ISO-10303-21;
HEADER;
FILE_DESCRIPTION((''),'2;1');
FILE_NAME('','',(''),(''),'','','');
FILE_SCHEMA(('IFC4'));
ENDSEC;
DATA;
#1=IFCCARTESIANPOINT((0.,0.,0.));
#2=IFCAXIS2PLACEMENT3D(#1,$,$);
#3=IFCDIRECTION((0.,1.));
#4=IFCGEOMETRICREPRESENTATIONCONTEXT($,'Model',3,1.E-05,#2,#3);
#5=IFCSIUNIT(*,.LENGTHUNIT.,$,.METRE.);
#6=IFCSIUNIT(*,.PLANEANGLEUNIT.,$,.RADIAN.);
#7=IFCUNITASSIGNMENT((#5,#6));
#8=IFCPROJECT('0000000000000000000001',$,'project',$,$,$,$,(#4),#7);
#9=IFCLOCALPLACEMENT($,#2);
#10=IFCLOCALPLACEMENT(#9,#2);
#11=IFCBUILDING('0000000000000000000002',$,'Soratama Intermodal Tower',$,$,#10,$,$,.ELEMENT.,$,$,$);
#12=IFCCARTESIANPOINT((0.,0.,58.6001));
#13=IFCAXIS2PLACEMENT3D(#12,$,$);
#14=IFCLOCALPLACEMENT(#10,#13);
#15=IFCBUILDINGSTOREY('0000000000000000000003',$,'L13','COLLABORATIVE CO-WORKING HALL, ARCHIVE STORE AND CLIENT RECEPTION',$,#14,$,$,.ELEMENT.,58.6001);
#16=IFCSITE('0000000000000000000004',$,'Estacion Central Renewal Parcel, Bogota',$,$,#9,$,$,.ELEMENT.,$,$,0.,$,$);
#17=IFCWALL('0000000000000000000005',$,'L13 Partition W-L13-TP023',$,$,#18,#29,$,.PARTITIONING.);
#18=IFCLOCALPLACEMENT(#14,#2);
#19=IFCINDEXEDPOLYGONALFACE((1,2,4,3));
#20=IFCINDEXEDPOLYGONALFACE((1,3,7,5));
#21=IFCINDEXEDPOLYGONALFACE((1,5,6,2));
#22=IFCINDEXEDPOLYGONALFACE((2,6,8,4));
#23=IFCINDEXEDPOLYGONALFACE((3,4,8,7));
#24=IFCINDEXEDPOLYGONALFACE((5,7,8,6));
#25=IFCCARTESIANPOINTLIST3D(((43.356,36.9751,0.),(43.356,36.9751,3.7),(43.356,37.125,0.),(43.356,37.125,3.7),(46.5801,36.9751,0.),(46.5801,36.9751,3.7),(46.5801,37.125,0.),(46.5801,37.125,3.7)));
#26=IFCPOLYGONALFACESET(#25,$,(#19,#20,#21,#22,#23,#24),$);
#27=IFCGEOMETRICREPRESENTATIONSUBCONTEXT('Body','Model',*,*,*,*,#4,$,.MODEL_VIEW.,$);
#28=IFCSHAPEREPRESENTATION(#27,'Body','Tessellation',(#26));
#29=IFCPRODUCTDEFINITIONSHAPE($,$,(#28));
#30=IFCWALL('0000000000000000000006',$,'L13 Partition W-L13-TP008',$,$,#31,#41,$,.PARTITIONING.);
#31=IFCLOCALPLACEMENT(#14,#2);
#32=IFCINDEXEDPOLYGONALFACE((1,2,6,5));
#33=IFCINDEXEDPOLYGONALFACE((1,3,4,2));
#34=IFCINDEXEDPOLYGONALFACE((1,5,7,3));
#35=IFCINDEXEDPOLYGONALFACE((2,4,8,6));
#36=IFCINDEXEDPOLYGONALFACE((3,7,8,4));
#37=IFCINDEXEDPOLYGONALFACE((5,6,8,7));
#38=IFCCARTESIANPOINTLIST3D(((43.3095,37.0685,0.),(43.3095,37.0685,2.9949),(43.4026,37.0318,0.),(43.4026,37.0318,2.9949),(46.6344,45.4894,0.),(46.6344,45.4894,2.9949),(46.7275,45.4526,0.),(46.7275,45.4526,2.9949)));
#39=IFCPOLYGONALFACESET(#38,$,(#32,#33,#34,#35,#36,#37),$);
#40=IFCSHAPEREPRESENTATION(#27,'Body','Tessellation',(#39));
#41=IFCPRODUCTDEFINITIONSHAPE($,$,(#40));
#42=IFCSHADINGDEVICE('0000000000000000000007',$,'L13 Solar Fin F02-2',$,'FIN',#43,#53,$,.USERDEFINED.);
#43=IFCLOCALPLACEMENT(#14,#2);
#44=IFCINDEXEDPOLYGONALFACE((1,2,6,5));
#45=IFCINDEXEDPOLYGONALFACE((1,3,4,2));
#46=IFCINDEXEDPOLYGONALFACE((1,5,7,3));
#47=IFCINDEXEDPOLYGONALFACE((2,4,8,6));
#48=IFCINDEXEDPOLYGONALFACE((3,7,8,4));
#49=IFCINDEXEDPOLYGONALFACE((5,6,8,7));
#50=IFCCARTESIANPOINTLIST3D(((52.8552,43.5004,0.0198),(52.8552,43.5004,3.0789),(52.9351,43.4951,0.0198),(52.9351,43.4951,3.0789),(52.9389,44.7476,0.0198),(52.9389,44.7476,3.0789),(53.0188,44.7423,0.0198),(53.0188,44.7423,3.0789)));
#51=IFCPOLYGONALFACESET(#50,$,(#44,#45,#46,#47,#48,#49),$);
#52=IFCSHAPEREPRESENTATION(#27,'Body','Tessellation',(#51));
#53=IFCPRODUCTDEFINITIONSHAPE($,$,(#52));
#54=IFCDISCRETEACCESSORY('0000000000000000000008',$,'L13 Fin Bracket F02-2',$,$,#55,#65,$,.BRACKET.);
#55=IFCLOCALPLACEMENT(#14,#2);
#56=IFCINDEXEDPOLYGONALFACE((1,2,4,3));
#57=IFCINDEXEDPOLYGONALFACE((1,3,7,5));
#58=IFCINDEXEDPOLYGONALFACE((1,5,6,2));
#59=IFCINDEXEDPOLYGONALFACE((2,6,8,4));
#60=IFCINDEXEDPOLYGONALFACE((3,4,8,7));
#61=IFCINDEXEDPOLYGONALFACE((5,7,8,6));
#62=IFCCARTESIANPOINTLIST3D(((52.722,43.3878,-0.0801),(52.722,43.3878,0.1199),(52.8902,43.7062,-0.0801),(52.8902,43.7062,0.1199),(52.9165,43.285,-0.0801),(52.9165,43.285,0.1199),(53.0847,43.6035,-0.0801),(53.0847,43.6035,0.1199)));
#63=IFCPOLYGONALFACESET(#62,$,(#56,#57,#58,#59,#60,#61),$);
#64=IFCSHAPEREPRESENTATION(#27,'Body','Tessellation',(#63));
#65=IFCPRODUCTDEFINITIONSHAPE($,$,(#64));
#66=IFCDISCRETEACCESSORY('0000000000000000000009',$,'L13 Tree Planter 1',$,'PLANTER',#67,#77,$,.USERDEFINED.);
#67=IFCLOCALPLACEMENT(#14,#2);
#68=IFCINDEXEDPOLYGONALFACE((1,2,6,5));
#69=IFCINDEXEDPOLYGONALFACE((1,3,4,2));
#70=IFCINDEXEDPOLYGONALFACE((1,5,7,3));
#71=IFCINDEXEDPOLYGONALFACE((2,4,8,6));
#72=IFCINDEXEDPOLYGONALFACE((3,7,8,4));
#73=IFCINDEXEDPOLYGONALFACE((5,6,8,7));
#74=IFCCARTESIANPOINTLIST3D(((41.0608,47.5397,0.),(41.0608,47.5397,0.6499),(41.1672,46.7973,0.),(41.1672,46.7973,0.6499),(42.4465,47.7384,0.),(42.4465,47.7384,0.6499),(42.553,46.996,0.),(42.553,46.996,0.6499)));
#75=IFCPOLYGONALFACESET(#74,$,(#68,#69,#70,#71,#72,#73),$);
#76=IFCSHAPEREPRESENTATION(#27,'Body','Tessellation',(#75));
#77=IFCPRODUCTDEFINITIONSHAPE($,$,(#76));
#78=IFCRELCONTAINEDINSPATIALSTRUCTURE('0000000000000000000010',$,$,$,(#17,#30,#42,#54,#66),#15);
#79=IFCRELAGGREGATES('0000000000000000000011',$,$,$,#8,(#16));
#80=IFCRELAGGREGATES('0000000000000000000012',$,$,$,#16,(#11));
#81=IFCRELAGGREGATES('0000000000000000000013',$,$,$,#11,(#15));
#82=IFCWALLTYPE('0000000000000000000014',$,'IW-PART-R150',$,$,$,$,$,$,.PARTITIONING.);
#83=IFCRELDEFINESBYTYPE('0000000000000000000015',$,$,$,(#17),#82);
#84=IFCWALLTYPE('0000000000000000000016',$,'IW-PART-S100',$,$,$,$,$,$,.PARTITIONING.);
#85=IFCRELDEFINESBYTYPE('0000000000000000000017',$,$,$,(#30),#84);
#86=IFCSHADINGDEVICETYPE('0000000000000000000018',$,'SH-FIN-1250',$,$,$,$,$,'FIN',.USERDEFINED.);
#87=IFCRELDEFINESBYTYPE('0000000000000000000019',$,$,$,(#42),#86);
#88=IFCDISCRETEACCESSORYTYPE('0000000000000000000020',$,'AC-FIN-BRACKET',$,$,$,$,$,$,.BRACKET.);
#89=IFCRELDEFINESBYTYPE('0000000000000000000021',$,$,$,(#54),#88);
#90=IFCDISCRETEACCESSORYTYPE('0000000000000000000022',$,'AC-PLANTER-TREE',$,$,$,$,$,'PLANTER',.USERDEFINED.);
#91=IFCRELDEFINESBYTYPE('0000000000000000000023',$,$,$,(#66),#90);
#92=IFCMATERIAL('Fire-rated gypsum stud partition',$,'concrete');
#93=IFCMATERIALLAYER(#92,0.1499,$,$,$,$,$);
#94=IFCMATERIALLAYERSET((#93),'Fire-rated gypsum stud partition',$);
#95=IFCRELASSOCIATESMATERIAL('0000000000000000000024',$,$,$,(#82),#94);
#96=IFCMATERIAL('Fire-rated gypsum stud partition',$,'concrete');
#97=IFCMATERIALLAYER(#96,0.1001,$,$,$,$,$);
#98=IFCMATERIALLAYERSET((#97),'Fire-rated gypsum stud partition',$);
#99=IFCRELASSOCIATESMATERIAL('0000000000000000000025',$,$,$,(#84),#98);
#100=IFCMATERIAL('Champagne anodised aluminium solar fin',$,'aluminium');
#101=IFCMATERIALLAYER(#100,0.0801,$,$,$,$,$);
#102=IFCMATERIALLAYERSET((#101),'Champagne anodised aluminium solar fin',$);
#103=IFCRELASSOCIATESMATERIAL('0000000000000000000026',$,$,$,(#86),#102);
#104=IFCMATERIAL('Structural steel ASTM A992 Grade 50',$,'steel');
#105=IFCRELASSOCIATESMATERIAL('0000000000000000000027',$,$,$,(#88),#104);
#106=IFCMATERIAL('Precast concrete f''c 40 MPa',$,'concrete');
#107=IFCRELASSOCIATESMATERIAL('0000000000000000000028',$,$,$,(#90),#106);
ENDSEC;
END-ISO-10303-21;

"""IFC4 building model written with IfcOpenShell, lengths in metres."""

from ifc_helpers import new_model, si_unit, direction, frame, frame_2d, origin, origin_2d, place, context, subcontext, project, spatial, rectangle, extrude, material, layer, layer_set, type_object, element, save


model = new_model("IFC4")

# Units and contexts
model_context = context("Model", 3, precision=1e-05, world=origin(), true_north=direction((0.0, 1.0)))
body_context = subcontext(model_context, "Body", "Model", "MODEL_VIEW")
ifc_project = project(units=[si_unit("LENGTHUNIT", "METRE"), si_unit("PLANEANGLEUNIT", "RADIAN")], contexts=[model_context])

# Site, building, storey
site_placement = place(None, origin())
site = spatial("IfcSite", under=ifc_project, at=site_placement, Name="Estacion Central Renewal Parcel, Bogota", CompositionType="ELEMENT", RefElevation=0.0)
building_placement = place(site_placement, origin())
building = spatial("IfcBuilding", under=site, at=building_placement, Name="Soratama Intermodal Tower", CompositionType="ELEMENT")
storey_placement = place(building_placement, frame((0.0, 0.0, 58.6001)))
storey = spatial("IfcBuildingStorey", under=building, at=storey_placement, Name="L13", Description="COLLABORATIVE CO-WORKING HALL, ARCHIVE STORE AND CLIENT RECEPTION", CompositionType="ELEMENT", Elevation=58.6001)

# Shared definitions
ifc_material_1 = material(Name="Fire-rated gypsum stud partition", Category="concrete")
ifc_layer_1 = layer(ifc_material_1, 0.1499)
ifc_layer_set_1 = layer_set([ifc_layer_1], Name="Fire-rated gypsum stud partition")
wall_type_1 = type_object("IfcWallType", Name="IW-PART-R150", PredefinedType="PARTITIONING", material=ifc_layer_set_1)

# Walls
wall_1_placement = place(storey_placement, frame((43.356, 37.05, 0.0), z_axis=(0.0, 0.0, 1.0), x_axis=(1.0, 0.0, 0.0)))
element("IfcWall", 1, at=wall_1_placement, inside=storey, type_object=wall_type_1, Name="L13 Partition W-L13-TP023", PredefinedType="PARTITIONING", context=body_context, shape_type="SweptSolid", body=[
    extrude(rectangle(XDim=3.2241, YDim=0.1499, at=frame_2d((1.6121, 0.0))), origin(), (0.0, 0.0, 1.0), 3.7),
])
ifc_material_2 = material(Name="Fire-rated gypsum stud partition", Category="concrete")
ifc_layer_2 = layer(ifc_material_2, 0.1001)
ifc_layer_set_2 = layer_set([ifc_layer_2], Name="Fire-rated gypsum stud partition")
wall_type_2 = type_object("IfcWallType", Name="IW-PART-S100", PredefinedType="PARTITIONING", material=ifc_layer_set_2)
wall_2_placement = place(storey_placement, frame((43.356, 37.05, 0.0), z_axis=(0.0, 0.0, 1.0), x_axis=(0.367254, 0.930121, 0.0)))
element("IfcWall", 2, at=wall_2_placement, inside=storey, type_object=wall_type_2, Name="L13 Partition W-L13-TP008", PredefinedType="PARTITIONING", context=body_context, shape_type="SweptSolid", body=[
    extrude(rectangle(XDim=9.0535, YDim=0.1001, at=frame_2d((4.5269, 0.0))), origin(), (0.0, 0.0, 1.0), 2.9949),
])

# Shading device
ifc_material_3 = material(Name="Champagne anodised aluminium solar fin", Category="aluminium")
ifc_layer_3 = layer(ifc_material_3, 0.0801)
ifc_layer_set_3 = layer_set([ifc_layer_3], Name="Champagne anodised aluminium solar fin")
shading_device_type = type_object("IfcShadingDeviceType", Name="SH-FIN-1250", ElementType="FIN", PredefinedType="USERDEFINED", material=ifc_layer_set_3)
shading_device_placement = place(storey_placement, frame((52.937, 44.1213, 0.0198), z_axis=(0.0, 0.0, 1.0), x_axis=(0.06697, 0.997755, 0.0)))
element("IfcShadingDevice", 3, at=shading_device_placement, inside=storey, type_object=shading_device_type, Name="L13 Solar Fin F02-2", ObjectType="FIN", PredefinedType="USERDEFINED", context=body_context, shape_type="SweptSolid", body=[
    extrude(rectangle(XDim=1.25, YDim=0.0801, at=origin_2d()), origin(), (0.0, 0.0, 1.0), 3.0591),
])

# Discrete accessories
ifc_material_4 = material(Name="Structural steel ASTM A992 Grade 50", Category="steel")
discrete_accessory_type_1 = type_object("IfcDiscreteAccessoryType", Name="AC-FIN-BRACKET", PredefinedType="BRACKET", material=ifc_material_4)
discrete_accessory_1_placement = place(storey_placement, frame((52.9033, 43.4956, -0.0801), z_axis=(0.0, 0.0, 1.0), x_axis=(0.467004, 0.884255, 0.0)))
element("IfcDiscreteAccessory", 4, at=discrete_accessory_1_placement, inside=storey, type_object=discrete_accessory_type_1, Name="L13 Fin Bracket F02-2", PredefinedType="BRACKET", context=body_context, shape_type="SweptSolid", body=[
    extrude(rectangle(XDim=0.3601, YDim=0.22, at=origin_2d()), origin(), (0.0, 0.0, 1.0), 0.2),
])
ifc_material_5 = material(Name="Precast concrete f'c 40 MPa", Category="concrete")
discrete_accessory_type_2 = type_object("IfcDiscreteAccessoryType", Name="AC-PLANTER-TREE", ElementType="PLANTER", PredefinedType="USERDEFINED", material=ifc_material_5)
discrete_accessory_2_placement = place(storey_placement, frame((41.8069, 47.2678, 0.0), z_axis=(0.0, 0.0, 1.0), x_axis=(-0.141938, 0.989876, 0.0)))
element("IfcDiscreteAccessory", 5, at=discrete_accessory_2_placement, inside=storey, type_object=discrete_accessory_type_2, Name="L13 Tree Planter 1", ObjectType="PLANTER", PredefinedType="USERDEFINED", context=body_context, shape_type="SweptSolid", body=[
    extrude(rectangle(XDim=0.75, YDim=1.3999, at=origin_2d()), origin(), (0.0, 0.0, 1.0), 0.6499),
])

save(model, "model.ifc")
